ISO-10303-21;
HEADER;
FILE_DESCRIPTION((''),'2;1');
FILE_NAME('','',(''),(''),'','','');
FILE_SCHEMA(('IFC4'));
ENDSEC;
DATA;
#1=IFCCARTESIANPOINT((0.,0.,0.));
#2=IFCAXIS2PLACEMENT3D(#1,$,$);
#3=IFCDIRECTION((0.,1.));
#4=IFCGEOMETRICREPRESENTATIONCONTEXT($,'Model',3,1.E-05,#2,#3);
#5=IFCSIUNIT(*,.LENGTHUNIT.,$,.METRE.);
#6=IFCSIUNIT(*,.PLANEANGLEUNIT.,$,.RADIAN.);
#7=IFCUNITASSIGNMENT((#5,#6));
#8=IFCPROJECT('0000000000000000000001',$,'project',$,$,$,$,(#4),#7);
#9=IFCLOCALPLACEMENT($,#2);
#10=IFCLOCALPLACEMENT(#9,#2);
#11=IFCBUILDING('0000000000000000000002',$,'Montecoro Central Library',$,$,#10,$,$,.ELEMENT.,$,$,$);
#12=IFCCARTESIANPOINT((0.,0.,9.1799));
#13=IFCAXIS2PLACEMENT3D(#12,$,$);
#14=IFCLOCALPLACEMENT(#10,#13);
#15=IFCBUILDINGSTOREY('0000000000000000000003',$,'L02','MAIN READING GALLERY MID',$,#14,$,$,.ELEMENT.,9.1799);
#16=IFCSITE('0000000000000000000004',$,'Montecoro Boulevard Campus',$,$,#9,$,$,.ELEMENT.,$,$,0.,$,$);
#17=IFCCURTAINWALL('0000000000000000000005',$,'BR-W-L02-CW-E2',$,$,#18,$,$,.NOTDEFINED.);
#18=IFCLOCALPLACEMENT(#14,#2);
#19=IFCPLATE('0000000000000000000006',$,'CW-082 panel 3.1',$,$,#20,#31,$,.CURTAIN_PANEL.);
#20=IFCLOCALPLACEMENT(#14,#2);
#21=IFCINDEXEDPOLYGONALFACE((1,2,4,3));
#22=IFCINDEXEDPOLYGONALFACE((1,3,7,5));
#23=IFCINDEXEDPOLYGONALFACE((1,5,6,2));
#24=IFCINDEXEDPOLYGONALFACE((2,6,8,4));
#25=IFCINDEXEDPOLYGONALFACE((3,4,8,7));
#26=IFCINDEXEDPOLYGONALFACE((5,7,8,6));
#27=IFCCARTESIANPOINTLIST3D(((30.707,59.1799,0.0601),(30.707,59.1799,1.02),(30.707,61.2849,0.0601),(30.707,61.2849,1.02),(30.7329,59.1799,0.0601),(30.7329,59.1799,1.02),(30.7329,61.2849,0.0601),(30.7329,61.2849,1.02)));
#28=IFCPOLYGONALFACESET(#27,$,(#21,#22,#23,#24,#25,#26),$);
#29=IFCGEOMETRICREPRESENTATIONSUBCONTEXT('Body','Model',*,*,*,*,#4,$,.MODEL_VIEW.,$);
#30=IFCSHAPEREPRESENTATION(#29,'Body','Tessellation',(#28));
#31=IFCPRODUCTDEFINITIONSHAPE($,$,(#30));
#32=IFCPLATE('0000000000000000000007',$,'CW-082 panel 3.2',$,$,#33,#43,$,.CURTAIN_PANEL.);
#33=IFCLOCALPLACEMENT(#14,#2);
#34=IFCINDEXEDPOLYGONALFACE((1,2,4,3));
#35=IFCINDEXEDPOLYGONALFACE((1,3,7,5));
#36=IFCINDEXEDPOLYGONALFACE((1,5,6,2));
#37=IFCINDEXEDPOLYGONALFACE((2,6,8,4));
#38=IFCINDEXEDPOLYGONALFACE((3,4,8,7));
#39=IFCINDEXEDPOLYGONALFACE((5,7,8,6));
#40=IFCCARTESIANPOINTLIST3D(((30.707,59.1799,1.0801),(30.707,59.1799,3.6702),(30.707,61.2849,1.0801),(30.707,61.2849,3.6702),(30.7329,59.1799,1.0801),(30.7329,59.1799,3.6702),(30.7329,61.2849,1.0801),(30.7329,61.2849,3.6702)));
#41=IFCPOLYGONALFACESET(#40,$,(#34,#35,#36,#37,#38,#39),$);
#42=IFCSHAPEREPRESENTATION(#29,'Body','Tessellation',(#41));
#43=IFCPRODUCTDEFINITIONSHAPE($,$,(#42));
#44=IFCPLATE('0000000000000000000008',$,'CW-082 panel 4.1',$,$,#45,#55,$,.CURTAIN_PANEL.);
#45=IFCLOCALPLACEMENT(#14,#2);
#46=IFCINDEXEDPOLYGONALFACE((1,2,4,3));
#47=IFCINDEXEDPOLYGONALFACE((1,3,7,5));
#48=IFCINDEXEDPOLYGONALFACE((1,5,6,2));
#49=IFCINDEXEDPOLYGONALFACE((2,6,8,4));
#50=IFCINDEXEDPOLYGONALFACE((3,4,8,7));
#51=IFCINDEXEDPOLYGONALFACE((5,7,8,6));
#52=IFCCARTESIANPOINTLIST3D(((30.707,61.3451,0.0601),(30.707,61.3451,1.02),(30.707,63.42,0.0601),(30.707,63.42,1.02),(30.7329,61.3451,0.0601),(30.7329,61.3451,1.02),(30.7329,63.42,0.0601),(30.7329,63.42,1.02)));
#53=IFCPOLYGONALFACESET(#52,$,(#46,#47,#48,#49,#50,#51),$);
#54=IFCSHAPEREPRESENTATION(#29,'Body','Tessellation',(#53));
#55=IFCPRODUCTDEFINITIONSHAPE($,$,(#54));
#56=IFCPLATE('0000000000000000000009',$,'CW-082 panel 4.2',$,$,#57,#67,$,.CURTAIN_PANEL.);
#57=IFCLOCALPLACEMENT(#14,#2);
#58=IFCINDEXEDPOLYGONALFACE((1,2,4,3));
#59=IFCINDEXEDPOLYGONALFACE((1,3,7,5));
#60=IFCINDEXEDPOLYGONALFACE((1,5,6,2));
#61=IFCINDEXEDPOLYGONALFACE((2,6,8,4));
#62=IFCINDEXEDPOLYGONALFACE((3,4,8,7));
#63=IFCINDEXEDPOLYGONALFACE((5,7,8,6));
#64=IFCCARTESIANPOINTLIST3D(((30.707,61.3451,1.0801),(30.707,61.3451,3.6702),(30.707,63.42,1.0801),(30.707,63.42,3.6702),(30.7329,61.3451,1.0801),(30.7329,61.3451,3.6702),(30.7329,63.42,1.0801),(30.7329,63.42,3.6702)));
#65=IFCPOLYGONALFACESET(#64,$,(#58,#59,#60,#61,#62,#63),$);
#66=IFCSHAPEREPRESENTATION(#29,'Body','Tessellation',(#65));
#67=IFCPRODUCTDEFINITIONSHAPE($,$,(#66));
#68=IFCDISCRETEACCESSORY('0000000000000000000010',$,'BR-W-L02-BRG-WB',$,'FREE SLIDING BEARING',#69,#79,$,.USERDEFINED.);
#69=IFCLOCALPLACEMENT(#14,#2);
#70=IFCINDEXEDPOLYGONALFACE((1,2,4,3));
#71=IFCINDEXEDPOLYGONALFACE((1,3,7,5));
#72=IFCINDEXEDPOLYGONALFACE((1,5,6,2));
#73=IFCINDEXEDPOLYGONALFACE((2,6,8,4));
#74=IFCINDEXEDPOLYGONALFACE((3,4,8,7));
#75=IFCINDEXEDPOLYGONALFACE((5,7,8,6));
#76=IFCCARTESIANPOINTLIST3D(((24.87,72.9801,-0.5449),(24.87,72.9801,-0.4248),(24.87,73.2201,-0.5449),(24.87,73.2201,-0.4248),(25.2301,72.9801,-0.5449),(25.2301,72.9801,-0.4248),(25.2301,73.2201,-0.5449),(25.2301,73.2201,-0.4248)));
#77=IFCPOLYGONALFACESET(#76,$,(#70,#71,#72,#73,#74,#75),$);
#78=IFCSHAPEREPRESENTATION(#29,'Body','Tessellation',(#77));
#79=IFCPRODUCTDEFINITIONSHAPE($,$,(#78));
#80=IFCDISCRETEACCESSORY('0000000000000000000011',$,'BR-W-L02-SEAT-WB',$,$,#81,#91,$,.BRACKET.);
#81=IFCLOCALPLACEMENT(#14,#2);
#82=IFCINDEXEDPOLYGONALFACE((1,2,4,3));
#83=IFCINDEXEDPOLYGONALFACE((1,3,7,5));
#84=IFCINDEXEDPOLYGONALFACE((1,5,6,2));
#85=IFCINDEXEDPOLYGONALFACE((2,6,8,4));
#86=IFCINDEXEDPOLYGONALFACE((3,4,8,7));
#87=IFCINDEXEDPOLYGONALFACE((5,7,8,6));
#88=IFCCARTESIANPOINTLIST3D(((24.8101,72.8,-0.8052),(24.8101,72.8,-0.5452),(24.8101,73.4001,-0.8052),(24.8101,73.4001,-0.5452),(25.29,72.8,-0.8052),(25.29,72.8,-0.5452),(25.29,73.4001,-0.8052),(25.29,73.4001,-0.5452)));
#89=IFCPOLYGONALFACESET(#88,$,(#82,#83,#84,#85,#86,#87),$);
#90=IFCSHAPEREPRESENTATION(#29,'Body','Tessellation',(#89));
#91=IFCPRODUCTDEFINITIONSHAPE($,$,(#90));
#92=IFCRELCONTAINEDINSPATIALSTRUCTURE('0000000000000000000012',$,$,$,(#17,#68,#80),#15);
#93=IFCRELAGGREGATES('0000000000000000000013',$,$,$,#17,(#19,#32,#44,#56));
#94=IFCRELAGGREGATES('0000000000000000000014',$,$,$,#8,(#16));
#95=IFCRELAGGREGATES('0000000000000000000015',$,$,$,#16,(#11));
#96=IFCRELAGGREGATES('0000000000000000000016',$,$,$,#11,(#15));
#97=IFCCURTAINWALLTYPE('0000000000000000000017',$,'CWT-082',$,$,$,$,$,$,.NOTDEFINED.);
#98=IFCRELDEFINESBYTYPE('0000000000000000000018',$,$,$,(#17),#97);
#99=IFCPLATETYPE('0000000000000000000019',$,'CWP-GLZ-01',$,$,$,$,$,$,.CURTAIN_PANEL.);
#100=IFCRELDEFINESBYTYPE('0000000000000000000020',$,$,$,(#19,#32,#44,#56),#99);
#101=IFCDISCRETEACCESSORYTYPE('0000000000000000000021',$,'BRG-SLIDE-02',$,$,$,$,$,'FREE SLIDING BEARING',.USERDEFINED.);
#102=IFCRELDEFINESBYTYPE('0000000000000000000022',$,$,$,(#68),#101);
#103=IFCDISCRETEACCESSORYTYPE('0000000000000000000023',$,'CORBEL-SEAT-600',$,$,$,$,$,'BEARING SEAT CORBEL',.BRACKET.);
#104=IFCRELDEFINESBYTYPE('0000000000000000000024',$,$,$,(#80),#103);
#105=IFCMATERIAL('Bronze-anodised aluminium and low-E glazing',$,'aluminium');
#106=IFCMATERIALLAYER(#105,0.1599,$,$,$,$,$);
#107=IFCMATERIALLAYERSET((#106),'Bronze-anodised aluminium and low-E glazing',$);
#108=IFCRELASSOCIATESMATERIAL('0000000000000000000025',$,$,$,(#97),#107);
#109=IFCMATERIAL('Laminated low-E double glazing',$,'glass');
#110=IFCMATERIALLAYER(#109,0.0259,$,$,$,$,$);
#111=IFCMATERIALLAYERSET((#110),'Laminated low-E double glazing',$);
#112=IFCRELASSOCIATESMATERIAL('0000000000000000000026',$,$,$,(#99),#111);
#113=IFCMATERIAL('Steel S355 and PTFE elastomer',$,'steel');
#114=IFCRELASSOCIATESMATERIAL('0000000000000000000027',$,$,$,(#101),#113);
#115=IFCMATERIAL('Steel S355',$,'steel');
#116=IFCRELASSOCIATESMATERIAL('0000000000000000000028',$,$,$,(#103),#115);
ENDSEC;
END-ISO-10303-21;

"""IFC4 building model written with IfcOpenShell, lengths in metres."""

from ifc_helpers import new_model, si_unit, direction, frame, origin, origin_2d, place, context, subcontext, project, spatial, rectangle, extrude, material, layer, layer_set, type_object, element, aggregate, save


model = new_model("IFC4")

# Units and contexts
model_context = context("Model", 3, precision=1e-05, world=origin(), true_north=direction((0.0, 1.0)))
body_context = subcontext(model_context, "Body", "Model", "MODEL_VIEW")
ifc_project = project(units=[si_unit("LENGTHUNIT", "METRE"), si_unit("PLANEANGLEUNIT", "RADIAN")], contexts=[model_context])

# Site, building, storey
site_placement = place(None, origin())
site = spatial("IfcSite", under=ifc_project, at=site_placement, Name="Montecoro Boulevard Campus", CompositionType="ELEMENT", RefElevation=0.0)
building_placement = place(site_placement, origin())
building = spatial("IfcBuilding", under=site, at=building_placement, Name="Montecoro Central Library", CompositionType="ELEMENT")
storey_placement = place(building_placement, frame((0.0, 0.0, 9.1799)))
storey = spatial("IfcBuildingStorey", under=building, at=storey_placement, Name="L02", Description="MAIN READING GALLERY MID", CompositionType="ELEMENT", Elevation=9.1799)

# Shared definitions
ifc_material_1 = material(Name="Steel S355", Category="steel")

# Curtain wall
ifc_material_2 = material(Name="Bronze-anodised aluminium and low-E glazing", Category="aluminium")
ifc_layer_1 = layer(ifc_material_2, 0.1599)
ifc_layer_set_1 = layer_set([ifc_layer_1], Name="Bronze-anodised aluminium and low-E glazing")
curtain_wall_type = type_object("IfcCurtainWallType", Name="CWT-082", PredefinedType="NOTDEFINED", material=ifc_layer_set_1)
curtain_wall_1_placement = place(storey_placement, origin())
curtain_wall_1 = element("IfcCurtainWall", 1, at=curtain_wall_1_placement, inside=storey, type_object=curtain_wall_type, Name="BR-W-L02-CW-E2", PredefinedType="NOTDEFINED")

# Plates
ifc_material_3 = material(Name="Laminated low-E double glazing", Category="glass")
ifc_layer_2 = layer(ifc_material_3, 0.0259)
ifc_layer_set_2 = layer_set([ifc_layer_2], Name="Laminated low-E double glazing")
plate_type = type_object("IfcPlateType", Name="CWP-GLZ-01", PredefinedType="CURTAIN_PANEL", material=ifc_layer_set_2)
plate_1_placement = place(storey_placement, frame((30.72, 60.2324, 0.0601), z_axis=(0.0, 0.0, 1.0), x_axis=(0.0, 1.0, 0.0)))
plate_1 = element("IfcPlate", 2, at=plate_1_placement, type_object=plate_type, Name="CW-082 panel 3.1", PredefinedType="CURTAIN_PANEL", context=body_context, shape_type="SweptSolid", body=[
    extrude(rectangle(XDim=2.105, YDim=0.0259, at=origin_2d()), origin(), (0.0, 0.0, 1.0), 0.96),
])
plate_2_placement = place(storey_placement, frame((30.72, 60.2324, 1.0801), z_axis=(0.0, 0.0, 1.0), x_axis=(0.0, 1.0, 0.0)))
plate_2 = element("IfcPlate", 3, at=plate_2_placement, type_object=plate_type, Name="CW-082 panel 3.2", PredefinedType="CURTAIN_PANEL", context=body_context, shape_type="SweptSolid", body=[
    extrude(rectangle(XDim=2.105, YDim=0.0259, at=origin_2d()), origin(), (0.0, 0.0, 1.0), 2.5901),
])
plate_3_placement = place(storey_placement, frame((30.72, 62.3826, 0.0601), z_axis=(0.0, 0.0, 1.0), x_axis=(0.0, 1.0, 0.0)))
plate_3 = element("IfcPlate", 4, at=plate_3_placement, type_object=plate_type, Name="CW-082 panel 4.1", PredefinedType="CURTAIN_PANEL", context=body_context, shape_type="SweptSolid", body=[
    extrude(rectangle(XDim=2.075, YDim=0.0259, at=origin_2d()), origin(), (0.0, 0.0, 1.0), 0.96),
])
plate_4_placement = place(storey_placement, frame((30.72, 62.3826, 1.0801), z_axis=(0.0, 0.0, 1.0), x_axis=(0.0, 1.0, 0.0)))
plate_4 = element("IfcPlate", 5, at=plate_4_placement, type_object=plate_type, Name="CW-082 panel 4.2", PredefinedType="CURTAIN_PANEL", context=body_context, shape_type="SweptSolid", body=[
    extrude(rectangle(XDim=2.075, YDim=0.0259, at=origin_2d()), origin(), (0.0, 0.0, 1.0), 2.5901),
])
aggregate(curtain_wall_1, [plate_1, plate_2, plate_3, plate_4])

# Discrete accessories
ifc_material_4 = material(Name="Steel S355 and PTFE elastomer", Category="steel")
discrete_accessory_type_1 = type_object("IfcDiscreteAccessoryType", Name="BRG-SLIDE-02", ElementType="FREE SLIDING BEARING", PredefinedType="USERDEFINED", material=ifc_material_4)
discrete_accessory_1_placement = place(storey_placement, frame((25.05, 73.1001, -0.5449), z_axis=(0.0, 0.0, 1.0), x_axis=(1.0, 0.0, 0.0)))
element("IfcDiscreteAccessory", 6, at=discrete_accessory_1_placement, inside=storey, type_object=discrete_accessory_type_1, Name="BR-W-L02-BRG-WB", ObjectType="FREE SLIDING BEARING", PredefinedType="USERDEFINED", context=body_context, shape_type="SweptSolid", body=[
    extrude(rectangle(XDim=0.3601, YDim=0.24, at=origin_2d()), origin(), (0.0, 0.0, 1.0), 0.1201),
])
discrete_accessory_type_2 = type_object("IfcDiscreteAccessoryType", Name="CORBEL-SEAT-600", ElementType="BEARING SEAT CORBEL", PredefinedType="BRACKET", material=ifc_material_1)
discrete_accessory_2_placement = place(storey_placement, frame((25.05, 73.1001, -0.8052), z_axis=(0.0, 0.0, 1.0), x_axis=(1.0, 0.0, 0.0)))
element("IfcDiscreteAccessory", 7, at=discrete_accessory_2_placement, inside=storey, type_object=discrete_accessory_type_2, Name="BR-W-L02-SEAT-WB", PredefinedType="BRACKET", context=body_context, shape_type="SweptSolid", body=[
    extrude(rectangle(XDim=0.48, YDim=0.6001, at=origin_2d()), origin(), (0.0, 0.0, 1.0), 0.26),
])

save(model, "model.ifc")
